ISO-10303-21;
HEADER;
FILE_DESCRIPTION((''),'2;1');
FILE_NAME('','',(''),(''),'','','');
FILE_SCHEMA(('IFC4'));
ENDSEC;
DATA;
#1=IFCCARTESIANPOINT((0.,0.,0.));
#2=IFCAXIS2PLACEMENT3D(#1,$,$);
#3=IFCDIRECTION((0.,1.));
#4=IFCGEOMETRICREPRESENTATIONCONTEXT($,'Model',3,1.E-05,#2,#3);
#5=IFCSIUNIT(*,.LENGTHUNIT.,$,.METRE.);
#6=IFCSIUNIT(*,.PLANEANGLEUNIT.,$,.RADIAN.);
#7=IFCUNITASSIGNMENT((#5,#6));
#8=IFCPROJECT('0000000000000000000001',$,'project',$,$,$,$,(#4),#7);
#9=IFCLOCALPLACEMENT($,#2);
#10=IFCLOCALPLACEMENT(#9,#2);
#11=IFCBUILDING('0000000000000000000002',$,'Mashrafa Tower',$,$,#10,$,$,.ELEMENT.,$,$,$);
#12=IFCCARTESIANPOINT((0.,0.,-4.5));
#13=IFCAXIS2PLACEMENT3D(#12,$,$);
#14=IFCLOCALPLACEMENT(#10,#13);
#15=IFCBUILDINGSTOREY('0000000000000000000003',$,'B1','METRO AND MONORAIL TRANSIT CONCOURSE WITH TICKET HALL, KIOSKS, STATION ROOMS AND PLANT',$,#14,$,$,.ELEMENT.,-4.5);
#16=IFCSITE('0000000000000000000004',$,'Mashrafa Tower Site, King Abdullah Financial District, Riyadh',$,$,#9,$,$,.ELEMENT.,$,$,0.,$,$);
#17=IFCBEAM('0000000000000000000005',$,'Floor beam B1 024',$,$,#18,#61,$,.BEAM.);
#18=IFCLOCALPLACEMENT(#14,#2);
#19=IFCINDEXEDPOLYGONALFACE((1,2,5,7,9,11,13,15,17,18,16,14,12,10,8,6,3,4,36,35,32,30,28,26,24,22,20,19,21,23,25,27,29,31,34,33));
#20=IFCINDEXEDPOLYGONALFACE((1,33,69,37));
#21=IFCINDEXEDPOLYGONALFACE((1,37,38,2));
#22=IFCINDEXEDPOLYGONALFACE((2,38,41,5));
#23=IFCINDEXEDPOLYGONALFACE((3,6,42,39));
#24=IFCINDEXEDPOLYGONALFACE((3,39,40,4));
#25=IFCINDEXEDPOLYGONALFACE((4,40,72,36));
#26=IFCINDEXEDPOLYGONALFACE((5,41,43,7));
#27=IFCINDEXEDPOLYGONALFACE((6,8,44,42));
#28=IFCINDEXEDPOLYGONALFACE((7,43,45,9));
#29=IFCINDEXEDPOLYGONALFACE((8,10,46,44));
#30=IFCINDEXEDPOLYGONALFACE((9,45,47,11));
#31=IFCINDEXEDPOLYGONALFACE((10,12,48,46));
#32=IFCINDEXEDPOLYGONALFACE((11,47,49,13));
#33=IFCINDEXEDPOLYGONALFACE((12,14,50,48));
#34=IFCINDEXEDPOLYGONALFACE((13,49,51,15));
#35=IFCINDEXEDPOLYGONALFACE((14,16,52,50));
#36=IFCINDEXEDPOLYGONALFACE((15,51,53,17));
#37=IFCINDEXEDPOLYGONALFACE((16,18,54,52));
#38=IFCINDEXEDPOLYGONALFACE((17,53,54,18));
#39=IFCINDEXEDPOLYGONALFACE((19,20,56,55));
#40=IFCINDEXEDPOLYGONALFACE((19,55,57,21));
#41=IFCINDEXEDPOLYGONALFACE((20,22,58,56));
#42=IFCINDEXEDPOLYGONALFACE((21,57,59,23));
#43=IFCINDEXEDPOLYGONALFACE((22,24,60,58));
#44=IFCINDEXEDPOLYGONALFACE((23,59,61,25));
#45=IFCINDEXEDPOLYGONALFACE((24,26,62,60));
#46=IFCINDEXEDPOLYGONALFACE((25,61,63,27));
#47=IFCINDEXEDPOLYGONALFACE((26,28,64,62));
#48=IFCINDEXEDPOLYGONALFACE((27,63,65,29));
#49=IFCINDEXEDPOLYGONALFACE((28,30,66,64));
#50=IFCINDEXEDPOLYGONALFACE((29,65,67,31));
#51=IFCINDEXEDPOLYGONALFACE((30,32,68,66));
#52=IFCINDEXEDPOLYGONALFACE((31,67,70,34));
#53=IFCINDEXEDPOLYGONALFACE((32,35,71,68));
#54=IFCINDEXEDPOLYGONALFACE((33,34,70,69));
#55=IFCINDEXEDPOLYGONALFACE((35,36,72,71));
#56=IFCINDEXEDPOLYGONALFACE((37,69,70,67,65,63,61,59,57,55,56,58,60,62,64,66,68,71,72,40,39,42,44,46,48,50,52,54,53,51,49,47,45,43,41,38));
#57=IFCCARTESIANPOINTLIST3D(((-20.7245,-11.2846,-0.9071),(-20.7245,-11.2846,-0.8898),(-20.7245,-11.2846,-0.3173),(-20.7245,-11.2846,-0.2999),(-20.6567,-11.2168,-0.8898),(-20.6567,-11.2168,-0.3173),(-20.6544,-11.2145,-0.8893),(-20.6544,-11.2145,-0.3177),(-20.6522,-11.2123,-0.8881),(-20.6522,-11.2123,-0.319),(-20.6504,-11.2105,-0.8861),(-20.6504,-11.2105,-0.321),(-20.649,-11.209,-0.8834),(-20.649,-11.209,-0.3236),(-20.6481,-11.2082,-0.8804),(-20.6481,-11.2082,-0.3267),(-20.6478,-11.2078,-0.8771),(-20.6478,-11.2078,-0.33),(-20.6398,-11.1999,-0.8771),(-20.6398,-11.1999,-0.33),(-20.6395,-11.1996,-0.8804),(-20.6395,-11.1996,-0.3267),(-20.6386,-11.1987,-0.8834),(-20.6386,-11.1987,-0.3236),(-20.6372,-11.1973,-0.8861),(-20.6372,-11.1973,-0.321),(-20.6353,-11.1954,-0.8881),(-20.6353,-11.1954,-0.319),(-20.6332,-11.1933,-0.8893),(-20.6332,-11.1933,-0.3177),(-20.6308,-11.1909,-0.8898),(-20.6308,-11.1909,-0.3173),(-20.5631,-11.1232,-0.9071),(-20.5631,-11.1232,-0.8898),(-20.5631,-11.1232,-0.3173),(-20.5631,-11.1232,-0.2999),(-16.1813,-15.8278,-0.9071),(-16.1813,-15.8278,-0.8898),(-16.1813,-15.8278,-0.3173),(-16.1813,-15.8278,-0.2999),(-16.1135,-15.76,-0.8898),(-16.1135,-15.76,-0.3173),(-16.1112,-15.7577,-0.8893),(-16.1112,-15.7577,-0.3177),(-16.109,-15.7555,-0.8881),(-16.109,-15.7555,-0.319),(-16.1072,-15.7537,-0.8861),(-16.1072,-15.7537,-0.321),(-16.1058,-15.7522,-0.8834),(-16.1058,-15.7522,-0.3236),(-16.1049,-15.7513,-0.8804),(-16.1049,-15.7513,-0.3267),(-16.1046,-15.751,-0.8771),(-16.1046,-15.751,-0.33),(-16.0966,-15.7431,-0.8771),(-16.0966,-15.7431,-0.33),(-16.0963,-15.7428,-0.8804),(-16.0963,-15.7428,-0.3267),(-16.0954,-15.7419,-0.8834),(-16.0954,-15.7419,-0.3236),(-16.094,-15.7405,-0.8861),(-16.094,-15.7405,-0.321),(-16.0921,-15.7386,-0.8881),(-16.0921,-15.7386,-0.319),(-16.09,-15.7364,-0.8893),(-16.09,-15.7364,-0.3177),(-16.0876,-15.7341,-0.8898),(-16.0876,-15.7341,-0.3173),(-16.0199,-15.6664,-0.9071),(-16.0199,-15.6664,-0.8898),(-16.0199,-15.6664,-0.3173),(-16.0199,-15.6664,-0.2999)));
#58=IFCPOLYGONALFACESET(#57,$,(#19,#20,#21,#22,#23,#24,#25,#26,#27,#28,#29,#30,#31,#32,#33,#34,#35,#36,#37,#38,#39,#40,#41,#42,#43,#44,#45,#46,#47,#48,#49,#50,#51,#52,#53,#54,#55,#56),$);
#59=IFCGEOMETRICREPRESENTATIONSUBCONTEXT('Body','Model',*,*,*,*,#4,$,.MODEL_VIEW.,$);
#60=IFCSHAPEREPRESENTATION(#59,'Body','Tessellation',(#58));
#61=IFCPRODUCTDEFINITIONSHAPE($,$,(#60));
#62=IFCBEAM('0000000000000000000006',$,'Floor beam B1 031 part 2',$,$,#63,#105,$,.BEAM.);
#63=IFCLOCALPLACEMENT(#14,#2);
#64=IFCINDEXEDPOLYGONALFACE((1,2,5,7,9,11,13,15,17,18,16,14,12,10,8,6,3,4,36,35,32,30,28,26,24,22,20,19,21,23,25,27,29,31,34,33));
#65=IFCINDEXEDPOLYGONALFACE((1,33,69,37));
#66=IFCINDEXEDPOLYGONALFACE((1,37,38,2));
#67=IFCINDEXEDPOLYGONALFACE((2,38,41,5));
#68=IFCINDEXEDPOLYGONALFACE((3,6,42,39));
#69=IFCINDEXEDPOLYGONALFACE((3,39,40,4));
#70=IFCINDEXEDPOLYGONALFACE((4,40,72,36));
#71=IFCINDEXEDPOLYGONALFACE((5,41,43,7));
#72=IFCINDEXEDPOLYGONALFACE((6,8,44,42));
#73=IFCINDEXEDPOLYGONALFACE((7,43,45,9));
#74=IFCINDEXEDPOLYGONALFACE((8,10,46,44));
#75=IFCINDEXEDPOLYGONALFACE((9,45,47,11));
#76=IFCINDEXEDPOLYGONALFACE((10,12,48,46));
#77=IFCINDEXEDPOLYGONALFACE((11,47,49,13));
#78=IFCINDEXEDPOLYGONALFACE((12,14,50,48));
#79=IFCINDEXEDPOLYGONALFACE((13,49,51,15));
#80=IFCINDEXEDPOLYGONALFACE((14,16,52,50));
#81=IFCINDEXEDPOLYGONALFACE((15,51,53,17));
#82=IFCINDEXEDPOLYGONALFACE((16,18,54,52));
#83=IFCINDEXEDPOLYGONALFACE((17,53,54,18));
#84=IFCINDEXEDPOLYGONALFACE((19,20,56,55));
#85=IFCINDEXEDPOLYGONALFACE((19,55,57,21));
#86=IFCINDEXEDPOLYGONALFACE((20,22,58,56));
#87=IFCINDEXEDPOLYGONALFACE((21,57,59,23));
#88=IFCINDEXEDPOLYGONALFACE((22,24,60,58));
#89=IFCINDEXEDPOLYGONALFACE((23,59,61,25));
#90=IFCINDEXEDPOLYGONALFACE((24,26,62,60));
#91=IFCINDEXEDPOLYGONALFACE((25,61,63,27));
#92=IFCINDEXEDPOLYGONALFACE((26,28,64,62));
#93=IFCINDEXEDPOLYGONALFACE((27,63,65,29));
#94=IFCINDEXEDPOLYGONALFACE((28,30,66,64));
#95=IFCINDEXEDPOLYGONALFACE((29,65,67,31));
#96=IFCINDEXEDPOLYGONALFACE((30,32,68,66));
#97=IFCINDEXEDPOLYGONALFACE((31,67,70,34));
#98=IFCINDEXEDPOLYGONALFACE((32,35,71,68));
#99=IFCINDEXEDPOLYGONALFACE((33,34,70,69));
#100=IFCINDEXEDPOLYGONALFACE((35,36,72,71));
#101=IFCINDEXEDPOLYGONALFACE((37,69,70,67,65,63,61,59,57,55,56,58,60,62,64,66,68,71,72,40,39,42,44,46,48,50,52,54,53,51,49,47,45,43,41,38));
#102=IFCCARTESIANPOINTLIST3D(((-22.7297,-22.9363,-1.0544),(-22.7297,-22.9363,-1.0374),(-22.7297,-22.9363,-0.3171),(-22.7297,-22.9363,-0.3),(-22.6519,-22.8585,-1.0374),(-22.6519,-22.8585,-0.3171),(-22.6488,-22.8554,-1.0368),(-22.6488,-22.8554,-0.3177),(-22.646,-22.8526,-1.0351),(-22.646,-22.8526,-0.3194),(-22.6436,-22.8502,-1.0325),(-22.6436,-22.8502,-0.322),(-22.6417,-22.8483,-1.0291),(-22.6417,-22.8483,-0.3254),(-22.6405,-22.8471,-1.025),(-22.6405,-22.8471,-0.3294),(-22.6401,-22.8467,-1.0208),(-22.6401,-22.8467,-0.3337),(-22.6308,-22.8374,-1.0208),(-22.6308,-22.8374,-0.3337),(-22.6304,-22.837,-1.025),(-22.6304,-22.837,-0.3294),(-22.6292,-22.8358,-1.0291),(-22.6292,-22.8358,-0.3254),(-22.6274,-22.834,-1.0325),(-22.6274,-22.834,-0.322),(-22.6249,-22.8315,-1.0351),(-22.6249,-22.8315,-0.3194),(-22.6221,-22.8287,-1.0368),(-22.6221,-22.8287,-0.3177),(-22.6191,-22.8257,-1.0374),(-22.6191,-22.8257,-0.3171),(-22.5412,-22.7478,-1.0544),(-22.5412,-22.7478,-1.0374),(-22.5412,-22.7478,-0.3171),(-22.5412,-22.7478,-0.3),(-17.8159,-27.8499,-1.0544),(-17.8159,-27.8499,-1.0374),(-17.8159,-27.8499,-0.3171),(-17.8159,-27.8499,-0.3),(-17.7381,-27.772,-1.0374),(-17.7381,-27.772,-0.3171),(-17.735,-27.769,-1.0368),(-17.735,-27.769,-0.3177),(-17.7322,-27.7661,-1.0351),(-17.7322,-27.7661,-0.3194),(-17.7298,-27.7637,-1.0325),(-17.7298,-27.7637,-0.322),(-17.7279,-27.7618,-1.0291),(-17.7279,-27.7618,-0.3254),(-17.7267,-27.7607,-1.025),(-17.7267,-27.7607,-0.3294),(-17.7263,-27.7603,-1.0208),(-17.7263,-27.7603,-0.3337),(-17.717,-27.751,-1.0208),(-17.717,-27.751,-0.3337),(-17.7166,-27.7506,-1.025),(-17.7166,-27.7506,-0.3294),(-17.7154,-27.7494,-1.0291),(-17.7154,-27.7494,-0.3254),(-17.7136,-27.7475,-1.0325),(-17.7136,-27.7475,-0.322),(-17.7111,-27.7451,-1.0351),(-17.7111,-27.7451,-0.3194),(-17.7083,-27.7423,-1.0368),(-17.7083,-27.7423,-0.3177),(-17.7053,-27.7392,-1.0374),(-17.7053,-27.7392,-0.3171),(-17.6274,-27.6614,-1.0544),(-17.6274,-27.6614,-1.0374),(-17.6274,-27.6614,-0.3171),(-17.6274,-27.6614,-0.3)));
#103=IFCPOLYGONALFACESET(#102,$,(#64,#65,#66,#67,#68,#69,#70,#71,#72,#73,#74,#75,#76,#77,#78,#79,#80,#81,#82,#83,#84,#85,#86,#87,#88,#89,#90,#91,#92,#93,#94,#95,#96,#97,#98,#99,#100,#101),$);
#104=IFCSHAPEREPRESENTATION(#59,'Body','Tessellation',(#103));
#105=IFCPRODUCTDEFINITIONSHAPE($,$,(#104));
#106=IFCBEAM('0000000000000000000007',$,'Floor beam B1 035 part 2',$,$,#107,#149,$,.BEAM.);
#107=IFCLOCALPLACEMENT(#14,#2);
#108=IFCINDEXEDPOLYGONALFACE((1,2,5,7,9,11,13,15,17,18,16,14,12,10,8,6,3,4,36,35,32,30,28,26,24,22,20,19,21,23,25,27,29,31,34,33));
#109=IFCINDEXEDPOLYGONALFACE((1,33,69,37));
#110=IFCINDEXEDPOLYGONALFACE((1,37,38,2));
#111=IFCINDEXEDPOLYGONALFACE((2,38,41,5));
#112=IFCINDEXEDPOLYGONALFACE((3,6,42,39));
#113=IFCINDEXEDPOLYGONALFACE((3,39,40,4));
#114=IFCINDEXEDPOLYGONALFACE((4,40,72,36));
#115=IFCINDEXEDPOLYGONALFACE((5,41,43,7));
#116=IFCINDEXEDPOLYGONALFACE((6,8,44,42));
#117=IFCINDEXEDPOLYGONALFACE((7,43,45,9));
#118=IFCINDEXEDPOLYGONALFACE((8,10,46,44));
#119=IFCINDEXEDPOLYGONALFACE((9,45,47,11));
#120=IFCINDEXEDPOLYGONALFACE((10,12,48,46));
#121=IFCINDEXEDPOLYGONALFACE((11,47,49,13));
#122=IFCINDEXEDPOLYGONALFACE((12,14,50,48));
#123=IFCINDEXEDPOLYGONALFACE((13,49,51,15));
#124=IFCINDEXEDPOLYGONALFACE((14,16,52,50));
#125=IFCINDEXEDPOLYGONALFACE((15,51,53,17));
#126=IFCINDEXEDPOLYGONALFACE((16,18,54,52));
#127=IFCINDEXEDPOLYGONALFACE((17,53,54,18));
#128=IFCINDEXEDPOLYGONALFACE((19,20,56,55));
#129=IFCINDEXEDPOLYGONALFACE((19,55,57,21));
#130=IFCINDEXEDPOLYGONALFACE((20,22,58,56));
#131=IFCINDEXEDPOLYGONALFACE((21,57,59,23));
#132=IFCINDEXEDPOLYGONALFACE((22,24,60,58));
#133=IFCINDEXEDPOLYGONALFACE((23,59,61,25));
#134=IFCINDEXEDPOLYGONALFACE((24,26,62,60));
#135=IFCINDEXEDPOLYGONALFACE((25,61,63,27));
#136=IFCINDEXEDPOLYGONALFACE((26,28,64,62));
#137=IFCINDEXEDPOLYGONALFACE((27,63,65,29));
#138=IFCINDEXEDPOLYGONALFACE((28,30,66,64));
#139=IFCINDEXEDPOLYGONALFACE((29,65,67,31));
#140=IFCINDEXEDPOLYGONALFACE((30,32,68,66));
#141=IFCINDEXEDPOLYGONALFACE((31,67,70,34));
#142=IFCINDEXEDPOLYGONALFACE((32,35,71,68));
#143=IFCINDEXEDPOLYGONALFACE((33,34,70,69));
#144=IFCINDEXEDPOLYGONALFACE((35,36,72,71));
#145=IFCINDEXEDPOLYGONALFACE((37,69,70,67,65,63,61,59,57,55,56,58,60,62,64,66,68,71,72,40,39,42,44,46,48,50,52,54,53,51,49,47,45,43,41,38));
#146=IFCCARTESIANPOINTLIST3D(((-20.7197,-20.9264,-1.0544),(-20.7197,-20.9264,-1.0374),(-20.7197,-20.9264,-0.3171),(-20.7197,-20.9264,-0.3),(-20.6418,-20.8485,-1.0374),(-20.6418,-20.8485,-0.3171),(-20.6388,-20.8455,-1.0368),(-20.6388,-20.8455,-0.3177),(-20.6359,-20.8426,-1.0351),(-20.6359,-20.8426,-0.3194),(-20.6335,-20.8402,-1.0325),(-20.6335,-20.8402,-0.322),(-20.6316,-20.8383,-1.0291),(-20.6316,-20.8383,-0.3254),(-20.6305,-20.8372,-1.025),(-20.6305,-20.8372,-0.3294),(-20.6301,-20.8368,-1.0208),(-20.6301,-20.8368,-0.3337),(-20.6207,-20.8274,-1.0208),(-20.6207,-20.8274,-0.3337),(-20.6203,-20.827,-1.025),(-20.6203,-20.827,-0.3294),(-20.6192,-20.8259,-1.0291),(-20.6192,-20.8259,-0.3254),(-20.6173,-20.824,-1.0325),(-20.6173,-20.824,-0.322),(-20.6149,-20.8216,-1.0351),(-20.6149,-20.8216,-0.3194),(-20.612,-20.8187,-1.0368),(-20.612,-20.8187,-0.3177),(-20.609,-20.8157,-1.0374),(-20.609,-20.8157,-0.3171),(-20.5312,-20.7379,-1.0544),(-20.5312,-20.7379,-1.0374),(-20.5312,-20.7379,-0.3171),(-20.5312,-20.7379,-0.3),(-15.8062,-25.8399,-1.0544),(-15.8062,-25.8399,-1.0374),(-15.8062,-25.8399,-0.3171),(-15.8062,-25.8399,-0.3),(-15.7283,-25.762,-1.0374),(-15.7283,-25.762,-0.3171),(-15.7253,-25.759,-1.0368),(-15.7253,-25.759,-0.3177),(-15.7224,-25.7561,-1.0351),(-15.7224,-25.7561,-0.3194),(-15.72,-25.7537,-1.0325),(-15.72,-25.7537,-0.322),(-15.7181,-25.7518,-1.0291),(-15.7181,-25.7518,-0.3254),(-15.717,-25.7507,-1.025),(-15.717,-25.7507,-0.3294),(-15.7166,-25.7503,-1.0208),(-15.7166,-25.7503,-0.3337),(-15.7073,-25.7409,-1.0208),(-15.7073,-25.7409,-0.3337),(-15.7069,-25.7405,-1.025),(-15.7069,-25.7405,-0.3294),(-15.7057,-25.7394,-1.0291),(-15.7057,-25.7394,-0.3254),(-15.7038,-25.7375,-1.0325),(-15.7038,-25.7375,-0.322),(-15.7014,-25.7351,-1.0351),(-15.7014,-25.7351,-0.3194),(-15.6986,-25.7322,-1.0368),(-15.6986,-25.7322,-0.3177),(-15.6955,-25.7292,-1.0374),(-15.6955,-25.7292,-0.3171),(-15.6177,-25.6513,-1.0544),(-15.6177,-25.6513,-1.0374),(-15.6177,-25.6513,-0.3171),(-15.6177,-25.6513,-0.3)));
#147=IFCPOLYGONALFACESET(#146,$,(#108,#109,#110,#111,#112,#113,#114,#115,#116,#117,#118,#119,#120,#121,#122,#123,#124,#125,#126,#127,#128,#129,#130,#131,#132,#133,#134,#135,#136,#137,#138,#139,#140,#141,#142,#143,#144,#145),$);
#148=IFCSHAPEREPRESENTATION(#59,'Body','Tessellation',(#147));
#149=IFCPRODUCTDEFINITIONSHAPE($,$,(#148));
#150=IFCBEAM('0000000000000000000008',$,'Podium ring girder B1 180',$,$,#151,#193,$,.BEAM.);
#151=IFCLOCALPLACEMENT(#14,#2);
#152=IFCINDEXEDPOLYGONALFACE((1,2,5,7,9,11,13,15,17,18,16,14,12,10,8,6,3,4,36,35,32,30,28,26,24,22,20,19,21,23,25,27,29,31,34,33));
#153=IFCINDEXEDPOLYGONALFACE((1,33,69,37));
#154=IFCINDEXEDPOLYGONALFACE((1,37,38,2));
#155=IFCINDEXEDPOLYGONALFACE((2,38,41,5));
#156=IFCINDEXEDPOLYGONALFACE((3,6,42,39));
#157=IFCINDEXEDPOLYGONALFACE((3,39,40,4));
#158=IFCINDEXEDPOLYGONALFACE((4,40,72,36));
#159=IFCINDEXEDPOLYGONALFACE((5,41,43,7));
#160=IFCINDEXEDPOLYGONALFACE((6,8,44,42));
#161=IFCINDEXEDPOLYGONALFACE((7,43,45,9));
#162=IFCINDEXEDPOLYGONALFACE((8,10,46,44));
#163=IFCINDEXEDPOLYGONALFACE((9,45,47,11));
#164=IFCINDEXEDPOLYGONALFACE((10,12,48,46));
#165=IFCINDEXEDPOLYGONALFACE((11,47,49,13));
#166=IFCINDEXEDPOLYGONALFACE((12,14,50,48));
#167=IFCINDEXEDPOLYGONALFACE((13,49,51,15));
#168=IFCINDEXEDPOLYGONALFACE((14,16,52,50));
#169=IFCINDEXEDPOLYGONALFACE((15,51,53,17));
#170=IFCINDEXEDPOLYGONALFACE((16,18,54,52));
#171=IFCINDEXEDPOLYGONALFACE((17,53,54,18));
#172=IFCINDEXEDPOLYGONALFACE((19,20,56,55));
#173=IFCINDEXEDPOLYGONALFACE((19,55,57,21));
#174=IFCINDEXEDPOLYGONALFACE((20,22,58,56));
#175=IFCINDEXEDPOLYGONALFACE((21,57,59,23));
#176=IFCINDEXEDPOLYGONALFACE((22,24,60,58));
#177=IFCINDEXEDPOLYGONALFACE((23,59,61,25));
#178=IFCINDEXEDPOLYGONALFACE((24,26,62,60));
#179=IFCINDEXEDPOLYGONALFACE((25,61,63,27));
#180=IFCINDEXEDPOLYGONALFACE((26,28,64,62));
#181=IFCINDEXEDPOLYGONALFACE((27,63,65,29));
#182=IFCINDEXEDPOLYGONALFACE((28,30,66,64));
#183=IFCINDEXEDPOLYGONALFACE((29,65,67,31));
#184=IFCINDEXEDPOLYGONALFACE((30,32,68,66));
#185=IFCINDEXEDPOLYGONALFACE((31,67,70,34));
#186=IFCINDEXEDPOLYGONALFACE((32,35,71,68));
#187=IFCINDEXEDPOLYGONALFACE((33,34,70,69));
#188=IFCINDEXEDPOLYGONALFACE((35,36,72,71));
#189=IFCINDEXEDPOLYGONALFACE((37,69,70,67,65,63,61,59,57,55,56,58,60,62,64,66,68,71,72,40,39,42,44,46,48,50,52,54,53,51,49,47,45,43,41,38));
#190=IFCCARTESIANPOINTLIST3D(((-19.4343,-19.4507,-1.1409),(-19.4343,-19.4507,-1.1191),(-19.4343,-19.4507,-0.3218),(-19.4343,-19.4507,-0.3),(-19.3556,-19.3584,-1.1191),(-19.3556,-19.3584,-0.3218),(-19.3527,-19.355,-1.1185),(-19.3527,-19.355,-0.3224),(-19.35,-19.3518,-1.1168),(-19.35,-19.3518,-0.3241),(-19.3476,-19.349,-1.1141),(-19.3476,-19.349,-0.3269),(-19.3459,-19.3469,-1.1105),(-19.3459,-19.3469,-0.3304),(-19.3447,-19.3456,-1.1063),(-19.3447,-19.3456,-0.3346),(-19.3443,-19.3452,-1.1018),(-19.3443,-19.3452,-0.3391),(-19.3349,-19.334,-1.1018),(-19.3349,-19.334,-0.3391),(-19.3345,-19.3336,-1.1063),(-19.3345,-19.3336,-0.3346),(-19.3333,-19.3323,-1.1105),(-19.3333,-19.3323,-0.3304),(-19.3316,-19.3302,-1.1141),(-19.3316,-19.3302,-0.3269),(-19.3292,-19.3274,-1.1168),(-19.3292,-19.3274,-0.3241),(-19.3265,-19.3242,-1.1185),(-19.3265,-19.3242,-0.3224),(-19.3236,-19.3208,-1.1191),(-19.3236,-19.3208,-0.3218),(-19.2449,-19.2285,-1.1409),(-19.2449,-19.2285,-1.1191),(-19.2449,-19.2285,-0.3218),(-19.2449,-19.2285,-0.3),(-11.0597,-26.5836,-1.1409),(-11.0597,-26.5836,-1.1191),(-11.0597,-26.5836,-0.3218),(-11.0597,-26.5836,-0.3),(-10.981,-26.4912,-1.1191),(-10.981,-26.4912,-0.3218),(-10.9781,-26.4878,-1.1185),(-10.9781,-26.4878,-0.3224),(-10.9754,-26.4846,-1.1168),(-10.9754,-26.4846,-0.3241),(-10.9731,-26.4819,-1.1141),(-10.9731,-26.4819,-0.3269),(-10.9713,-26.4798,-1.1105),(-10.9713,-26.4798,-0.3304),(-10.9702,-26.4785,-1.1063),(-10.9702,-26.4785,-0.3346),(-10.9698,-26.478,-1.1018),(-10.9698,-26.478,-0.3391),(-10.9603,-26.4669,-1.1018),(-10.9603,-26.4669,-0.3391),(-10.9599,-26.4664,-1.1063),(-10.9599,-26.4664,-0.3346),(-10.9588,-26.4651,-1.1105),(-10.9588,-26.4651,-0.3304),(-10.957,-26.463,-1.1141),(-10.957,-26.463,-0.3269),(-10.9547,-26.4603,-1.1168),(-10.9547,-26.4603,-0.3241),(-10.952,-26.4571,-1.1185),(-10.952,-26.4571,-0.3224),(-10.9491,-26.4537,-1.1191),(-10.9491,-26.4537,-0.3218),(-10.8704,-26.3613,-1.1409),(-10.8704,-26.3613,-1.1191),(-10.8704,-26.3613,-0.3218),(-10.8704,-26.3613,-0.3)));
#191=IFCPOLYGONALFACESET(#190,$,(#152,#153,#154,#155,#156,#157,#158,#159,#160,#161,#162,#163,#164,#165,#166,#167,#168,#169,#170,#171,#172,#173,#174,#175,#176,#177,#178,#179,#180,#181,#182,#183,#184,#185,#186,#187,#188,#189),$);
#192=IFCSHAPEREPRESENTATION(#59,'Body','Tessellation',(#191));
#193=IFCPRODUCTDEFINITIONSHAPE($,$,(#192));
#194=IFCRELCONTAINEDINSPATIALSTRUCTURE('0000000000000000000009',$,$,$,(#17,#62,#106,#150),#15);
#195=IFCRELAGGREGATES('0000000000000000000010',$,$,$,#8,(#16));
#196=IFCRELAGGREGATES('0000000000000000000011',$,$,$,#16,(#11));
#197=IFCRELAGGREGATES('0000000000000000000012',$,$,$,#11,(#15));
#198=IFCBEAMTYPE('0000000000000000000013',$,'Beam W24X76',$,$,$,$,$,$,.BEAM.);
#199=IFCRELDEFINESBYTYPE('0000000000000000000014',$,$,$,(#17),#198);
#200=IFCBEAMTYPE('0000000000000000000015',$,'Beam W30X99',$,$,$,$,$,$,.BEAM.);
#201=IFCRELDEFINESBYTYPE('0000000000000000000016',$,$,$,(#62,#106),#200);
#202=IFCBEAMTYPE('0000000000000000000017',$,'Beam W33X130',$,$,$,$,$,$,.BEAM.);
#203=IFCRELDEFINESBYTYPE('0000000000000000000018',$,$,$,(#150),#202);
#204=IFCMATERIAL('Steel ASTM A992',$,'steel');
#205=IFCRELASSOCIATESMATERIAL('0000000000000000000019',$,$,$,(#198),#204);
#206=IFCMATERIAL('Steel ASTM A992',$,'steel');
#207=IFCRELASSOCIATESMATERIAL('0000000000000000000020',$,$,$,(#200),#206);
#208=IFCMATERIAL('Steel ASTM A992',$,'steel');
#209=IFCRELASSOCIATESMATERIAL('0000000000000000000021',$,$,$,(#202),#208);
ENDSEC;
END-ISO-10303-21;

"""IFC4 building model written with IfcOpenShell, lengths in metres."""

from ifc_helpers import new_model, si_unit, direction, frame, origin, origin_2d, place, context, subcontext, project, spatial, i_section, extrude, material, material_profile, profile_set, type_object, element, save


model = new_model("IFC4")

# Units and contexts
model_context = context("Model", 3, precision=1e-05, world=origin(), true_north=direction((0.0, 1.0)))
body_context = subcontext(model_context, "Body", "Model", "MODEL_VIEW")
ifc_project = project(units=[si_unit("LENGTHUNIT", "METRE"), si_unit("PLANEANGLEUNIT", "RADIAN")], contexts=[model_context])

# Site, building, storey
site_placement = place(None, origin())
site = spatial("IfcSite", under=ifc_project, at=site_placement, Name="Mashrafa Tower Site, King Abdullah Financial District, Riyadh", CompositionType="ELEMENT", RefElevation=0.0)
building_placement = place(site_placement, origin())
building = spatial("IfcBuilding", under=site, at=building_placement, Name="Mashrafa Tower", CompositionType="ELEMENT")
storey_placement = place(building_placement, frame((0.0, 0.0, -4.5)))
storey = spatial("IfcBuildingStorey", under=building, at=storey_placement, Name="B1", Description="METRO AND MONORAIL TRANSIT CONCOURSE WITH TICKET HALL, KIOSKS, STATION ROOMS AND PLANT", CompositionType="ELEMENT", Elevation=-4.5)

# Beams
ifc_material_1 = material(Name="Steel ASTM A992", Category="steel")
ifc_material_profile_1 = material_profile(ifc_material_1, i_section(OverallWidth=0.2283, OverallDepth=0.6072, WebThickness=0.0112, FlangeThickness=0.0173, FilletRadius=0.0127, at=origin_2d()), Name="W24X76")
ifc_profile_set_1 = profile_set([ifc_material_profile_1], Name="Steel ASTM A992")
beam_type_1 = type_object("IfcBeamType", Name="Beam W24X76", PredefinedType="BEAM", material=ifc_profile_set_1)
beam_1_placement = place(storey_placement, frame((-16.1006, -15.7471, -0.6035), z_axis=(-0.707107, 0.707107, 0.0), x_axis=(-0.707107, -0.707107, 0.0)))
element("IfcBeam", 1, at=beam_1_placement, inside=storey, type_object=beam_type_1, Name="Floor beam B1 024", PredefinedType="BEAM", context=body_context, shape_type="SweptSolid", body=[
    extrude(i_section(OverallWidth=0.2283, OverallDepth=0.6072, WebThickness=0.0112, FlangeThickness=0.0173, FilletRadius=0.0127, at=origin_2d()), origin(), (0.0, 0.0, 1.0), 6.425),
])
ifc_material_2 = material(Name="Steel ASTM A992", Category="steel")
ifc_material_profile_2 = material_profile(ifc_material_2, i_section(OverallWidth=0.2666, OverallDepth=0.7544, WebThickness=0.0132, FlangeThickness=0.0171, FilletRadius=0.0166, at=origin_2d()), Name="W30X99")
ifc_profile_set_2 = profile_set([ifc_material_profile_2], Name="Steel ASTM A992")
beam_type_2 = type_object("IfcBeamType", Name="Beam W30X99", PredefinedType="BEAM", material=ifc_profile_set_2)
beam_2_placement = place(storey_placement, frame((-17.7217, -27.7556, -0.6772), z_axis=(-0.707124, 0.707089, 0.0), x_axis=(-0.707089, -0.707124, 0.0)))
element("IfcBeam", 2, at=beam_2_placement, inside=storey, type_object=beam_type_2, Name="Floor beam B1 031 part 2", PredefinedType="BEAM", context=body_context, shape_type="SweptSolid", body=[
    extrude(i_section(OverallWidth=0.2666, OverallDepth=0.7544, WebThickness=0.0132, FlangeThickness=0.0171, FilletRadius=0.0166, at=origin_2d()), origin(), (0.0, 0.0, 1.0), 6.949),
])
beam_3_placement = place(storey_placement, frame((-15.7119, -25.7456, -0.6772), z_axis=(-0.707107, 0.707107, 0.0), x_axis=(-0.707107, -0.707107, 0.0)))
element("IfcBeam", 3, at=beam_3_placement, inside=storey, type_object=beam_type_2, Name="Floor beam B1 035 part 2", PredefinedType="BEAM", context=body_context, shape_type="SweptSolid", body=[
    extrude(i_section(OverallWidth=0.2666, OverallDepth=0.7544, WebThickness=0.0132, FlangeThickness=0.0171, FilletRadius=0.0166, at=origin_2d()), origin(), (0.0, 0.0, 1.0), 6.9487),
])
ifc_material_3 = material(Name="Steel ASTM A992", Category="steel")
ifc_material_profile_3 = material_profile(ifc_material_3, i_section(OverallWidth=0.292, OverallDepth=0.8408, WebThickness=0.0146, FlangeThickness=0.0217, FilletRadius=0.0173, at=origin_2d()), Name="W33X130")
ifc_profile_set_3 = profile_set([ifc_material_profile_3], Name="Steel ASTM A992")
beam_type_3 = type_object("IfcBeamType", Name="Beam W33X130", PredefinedType="BEAM", material=ifc_profile_set_3)
beam_4_placement = place(storey_placement, frame((-19.3396, -19.3396, -0.7205), z_axis=(0.761289, -0.648412, 0.0), x_axis=(0.648412, 0.761289, 0.0)))
element("IfcBeam", 4, at=beam_4_placement, inside=storey, type_object=beam_type_3, Name="Podium ring girder B1 180", PredefinedType="BEAM", context=body_context, shape_type="SweptSolid", body=[
    extrude(i_section(OverallWidth=0.292, OverallDepth=0.8408, WebThickness=0.0146, FlangeThickness=0.0217, FilletRadius=0.0173, at=origin_2d()), origin(), (0.0, 0.0, 1.0), 11.0005),
])

save(model, "model.ifc")
